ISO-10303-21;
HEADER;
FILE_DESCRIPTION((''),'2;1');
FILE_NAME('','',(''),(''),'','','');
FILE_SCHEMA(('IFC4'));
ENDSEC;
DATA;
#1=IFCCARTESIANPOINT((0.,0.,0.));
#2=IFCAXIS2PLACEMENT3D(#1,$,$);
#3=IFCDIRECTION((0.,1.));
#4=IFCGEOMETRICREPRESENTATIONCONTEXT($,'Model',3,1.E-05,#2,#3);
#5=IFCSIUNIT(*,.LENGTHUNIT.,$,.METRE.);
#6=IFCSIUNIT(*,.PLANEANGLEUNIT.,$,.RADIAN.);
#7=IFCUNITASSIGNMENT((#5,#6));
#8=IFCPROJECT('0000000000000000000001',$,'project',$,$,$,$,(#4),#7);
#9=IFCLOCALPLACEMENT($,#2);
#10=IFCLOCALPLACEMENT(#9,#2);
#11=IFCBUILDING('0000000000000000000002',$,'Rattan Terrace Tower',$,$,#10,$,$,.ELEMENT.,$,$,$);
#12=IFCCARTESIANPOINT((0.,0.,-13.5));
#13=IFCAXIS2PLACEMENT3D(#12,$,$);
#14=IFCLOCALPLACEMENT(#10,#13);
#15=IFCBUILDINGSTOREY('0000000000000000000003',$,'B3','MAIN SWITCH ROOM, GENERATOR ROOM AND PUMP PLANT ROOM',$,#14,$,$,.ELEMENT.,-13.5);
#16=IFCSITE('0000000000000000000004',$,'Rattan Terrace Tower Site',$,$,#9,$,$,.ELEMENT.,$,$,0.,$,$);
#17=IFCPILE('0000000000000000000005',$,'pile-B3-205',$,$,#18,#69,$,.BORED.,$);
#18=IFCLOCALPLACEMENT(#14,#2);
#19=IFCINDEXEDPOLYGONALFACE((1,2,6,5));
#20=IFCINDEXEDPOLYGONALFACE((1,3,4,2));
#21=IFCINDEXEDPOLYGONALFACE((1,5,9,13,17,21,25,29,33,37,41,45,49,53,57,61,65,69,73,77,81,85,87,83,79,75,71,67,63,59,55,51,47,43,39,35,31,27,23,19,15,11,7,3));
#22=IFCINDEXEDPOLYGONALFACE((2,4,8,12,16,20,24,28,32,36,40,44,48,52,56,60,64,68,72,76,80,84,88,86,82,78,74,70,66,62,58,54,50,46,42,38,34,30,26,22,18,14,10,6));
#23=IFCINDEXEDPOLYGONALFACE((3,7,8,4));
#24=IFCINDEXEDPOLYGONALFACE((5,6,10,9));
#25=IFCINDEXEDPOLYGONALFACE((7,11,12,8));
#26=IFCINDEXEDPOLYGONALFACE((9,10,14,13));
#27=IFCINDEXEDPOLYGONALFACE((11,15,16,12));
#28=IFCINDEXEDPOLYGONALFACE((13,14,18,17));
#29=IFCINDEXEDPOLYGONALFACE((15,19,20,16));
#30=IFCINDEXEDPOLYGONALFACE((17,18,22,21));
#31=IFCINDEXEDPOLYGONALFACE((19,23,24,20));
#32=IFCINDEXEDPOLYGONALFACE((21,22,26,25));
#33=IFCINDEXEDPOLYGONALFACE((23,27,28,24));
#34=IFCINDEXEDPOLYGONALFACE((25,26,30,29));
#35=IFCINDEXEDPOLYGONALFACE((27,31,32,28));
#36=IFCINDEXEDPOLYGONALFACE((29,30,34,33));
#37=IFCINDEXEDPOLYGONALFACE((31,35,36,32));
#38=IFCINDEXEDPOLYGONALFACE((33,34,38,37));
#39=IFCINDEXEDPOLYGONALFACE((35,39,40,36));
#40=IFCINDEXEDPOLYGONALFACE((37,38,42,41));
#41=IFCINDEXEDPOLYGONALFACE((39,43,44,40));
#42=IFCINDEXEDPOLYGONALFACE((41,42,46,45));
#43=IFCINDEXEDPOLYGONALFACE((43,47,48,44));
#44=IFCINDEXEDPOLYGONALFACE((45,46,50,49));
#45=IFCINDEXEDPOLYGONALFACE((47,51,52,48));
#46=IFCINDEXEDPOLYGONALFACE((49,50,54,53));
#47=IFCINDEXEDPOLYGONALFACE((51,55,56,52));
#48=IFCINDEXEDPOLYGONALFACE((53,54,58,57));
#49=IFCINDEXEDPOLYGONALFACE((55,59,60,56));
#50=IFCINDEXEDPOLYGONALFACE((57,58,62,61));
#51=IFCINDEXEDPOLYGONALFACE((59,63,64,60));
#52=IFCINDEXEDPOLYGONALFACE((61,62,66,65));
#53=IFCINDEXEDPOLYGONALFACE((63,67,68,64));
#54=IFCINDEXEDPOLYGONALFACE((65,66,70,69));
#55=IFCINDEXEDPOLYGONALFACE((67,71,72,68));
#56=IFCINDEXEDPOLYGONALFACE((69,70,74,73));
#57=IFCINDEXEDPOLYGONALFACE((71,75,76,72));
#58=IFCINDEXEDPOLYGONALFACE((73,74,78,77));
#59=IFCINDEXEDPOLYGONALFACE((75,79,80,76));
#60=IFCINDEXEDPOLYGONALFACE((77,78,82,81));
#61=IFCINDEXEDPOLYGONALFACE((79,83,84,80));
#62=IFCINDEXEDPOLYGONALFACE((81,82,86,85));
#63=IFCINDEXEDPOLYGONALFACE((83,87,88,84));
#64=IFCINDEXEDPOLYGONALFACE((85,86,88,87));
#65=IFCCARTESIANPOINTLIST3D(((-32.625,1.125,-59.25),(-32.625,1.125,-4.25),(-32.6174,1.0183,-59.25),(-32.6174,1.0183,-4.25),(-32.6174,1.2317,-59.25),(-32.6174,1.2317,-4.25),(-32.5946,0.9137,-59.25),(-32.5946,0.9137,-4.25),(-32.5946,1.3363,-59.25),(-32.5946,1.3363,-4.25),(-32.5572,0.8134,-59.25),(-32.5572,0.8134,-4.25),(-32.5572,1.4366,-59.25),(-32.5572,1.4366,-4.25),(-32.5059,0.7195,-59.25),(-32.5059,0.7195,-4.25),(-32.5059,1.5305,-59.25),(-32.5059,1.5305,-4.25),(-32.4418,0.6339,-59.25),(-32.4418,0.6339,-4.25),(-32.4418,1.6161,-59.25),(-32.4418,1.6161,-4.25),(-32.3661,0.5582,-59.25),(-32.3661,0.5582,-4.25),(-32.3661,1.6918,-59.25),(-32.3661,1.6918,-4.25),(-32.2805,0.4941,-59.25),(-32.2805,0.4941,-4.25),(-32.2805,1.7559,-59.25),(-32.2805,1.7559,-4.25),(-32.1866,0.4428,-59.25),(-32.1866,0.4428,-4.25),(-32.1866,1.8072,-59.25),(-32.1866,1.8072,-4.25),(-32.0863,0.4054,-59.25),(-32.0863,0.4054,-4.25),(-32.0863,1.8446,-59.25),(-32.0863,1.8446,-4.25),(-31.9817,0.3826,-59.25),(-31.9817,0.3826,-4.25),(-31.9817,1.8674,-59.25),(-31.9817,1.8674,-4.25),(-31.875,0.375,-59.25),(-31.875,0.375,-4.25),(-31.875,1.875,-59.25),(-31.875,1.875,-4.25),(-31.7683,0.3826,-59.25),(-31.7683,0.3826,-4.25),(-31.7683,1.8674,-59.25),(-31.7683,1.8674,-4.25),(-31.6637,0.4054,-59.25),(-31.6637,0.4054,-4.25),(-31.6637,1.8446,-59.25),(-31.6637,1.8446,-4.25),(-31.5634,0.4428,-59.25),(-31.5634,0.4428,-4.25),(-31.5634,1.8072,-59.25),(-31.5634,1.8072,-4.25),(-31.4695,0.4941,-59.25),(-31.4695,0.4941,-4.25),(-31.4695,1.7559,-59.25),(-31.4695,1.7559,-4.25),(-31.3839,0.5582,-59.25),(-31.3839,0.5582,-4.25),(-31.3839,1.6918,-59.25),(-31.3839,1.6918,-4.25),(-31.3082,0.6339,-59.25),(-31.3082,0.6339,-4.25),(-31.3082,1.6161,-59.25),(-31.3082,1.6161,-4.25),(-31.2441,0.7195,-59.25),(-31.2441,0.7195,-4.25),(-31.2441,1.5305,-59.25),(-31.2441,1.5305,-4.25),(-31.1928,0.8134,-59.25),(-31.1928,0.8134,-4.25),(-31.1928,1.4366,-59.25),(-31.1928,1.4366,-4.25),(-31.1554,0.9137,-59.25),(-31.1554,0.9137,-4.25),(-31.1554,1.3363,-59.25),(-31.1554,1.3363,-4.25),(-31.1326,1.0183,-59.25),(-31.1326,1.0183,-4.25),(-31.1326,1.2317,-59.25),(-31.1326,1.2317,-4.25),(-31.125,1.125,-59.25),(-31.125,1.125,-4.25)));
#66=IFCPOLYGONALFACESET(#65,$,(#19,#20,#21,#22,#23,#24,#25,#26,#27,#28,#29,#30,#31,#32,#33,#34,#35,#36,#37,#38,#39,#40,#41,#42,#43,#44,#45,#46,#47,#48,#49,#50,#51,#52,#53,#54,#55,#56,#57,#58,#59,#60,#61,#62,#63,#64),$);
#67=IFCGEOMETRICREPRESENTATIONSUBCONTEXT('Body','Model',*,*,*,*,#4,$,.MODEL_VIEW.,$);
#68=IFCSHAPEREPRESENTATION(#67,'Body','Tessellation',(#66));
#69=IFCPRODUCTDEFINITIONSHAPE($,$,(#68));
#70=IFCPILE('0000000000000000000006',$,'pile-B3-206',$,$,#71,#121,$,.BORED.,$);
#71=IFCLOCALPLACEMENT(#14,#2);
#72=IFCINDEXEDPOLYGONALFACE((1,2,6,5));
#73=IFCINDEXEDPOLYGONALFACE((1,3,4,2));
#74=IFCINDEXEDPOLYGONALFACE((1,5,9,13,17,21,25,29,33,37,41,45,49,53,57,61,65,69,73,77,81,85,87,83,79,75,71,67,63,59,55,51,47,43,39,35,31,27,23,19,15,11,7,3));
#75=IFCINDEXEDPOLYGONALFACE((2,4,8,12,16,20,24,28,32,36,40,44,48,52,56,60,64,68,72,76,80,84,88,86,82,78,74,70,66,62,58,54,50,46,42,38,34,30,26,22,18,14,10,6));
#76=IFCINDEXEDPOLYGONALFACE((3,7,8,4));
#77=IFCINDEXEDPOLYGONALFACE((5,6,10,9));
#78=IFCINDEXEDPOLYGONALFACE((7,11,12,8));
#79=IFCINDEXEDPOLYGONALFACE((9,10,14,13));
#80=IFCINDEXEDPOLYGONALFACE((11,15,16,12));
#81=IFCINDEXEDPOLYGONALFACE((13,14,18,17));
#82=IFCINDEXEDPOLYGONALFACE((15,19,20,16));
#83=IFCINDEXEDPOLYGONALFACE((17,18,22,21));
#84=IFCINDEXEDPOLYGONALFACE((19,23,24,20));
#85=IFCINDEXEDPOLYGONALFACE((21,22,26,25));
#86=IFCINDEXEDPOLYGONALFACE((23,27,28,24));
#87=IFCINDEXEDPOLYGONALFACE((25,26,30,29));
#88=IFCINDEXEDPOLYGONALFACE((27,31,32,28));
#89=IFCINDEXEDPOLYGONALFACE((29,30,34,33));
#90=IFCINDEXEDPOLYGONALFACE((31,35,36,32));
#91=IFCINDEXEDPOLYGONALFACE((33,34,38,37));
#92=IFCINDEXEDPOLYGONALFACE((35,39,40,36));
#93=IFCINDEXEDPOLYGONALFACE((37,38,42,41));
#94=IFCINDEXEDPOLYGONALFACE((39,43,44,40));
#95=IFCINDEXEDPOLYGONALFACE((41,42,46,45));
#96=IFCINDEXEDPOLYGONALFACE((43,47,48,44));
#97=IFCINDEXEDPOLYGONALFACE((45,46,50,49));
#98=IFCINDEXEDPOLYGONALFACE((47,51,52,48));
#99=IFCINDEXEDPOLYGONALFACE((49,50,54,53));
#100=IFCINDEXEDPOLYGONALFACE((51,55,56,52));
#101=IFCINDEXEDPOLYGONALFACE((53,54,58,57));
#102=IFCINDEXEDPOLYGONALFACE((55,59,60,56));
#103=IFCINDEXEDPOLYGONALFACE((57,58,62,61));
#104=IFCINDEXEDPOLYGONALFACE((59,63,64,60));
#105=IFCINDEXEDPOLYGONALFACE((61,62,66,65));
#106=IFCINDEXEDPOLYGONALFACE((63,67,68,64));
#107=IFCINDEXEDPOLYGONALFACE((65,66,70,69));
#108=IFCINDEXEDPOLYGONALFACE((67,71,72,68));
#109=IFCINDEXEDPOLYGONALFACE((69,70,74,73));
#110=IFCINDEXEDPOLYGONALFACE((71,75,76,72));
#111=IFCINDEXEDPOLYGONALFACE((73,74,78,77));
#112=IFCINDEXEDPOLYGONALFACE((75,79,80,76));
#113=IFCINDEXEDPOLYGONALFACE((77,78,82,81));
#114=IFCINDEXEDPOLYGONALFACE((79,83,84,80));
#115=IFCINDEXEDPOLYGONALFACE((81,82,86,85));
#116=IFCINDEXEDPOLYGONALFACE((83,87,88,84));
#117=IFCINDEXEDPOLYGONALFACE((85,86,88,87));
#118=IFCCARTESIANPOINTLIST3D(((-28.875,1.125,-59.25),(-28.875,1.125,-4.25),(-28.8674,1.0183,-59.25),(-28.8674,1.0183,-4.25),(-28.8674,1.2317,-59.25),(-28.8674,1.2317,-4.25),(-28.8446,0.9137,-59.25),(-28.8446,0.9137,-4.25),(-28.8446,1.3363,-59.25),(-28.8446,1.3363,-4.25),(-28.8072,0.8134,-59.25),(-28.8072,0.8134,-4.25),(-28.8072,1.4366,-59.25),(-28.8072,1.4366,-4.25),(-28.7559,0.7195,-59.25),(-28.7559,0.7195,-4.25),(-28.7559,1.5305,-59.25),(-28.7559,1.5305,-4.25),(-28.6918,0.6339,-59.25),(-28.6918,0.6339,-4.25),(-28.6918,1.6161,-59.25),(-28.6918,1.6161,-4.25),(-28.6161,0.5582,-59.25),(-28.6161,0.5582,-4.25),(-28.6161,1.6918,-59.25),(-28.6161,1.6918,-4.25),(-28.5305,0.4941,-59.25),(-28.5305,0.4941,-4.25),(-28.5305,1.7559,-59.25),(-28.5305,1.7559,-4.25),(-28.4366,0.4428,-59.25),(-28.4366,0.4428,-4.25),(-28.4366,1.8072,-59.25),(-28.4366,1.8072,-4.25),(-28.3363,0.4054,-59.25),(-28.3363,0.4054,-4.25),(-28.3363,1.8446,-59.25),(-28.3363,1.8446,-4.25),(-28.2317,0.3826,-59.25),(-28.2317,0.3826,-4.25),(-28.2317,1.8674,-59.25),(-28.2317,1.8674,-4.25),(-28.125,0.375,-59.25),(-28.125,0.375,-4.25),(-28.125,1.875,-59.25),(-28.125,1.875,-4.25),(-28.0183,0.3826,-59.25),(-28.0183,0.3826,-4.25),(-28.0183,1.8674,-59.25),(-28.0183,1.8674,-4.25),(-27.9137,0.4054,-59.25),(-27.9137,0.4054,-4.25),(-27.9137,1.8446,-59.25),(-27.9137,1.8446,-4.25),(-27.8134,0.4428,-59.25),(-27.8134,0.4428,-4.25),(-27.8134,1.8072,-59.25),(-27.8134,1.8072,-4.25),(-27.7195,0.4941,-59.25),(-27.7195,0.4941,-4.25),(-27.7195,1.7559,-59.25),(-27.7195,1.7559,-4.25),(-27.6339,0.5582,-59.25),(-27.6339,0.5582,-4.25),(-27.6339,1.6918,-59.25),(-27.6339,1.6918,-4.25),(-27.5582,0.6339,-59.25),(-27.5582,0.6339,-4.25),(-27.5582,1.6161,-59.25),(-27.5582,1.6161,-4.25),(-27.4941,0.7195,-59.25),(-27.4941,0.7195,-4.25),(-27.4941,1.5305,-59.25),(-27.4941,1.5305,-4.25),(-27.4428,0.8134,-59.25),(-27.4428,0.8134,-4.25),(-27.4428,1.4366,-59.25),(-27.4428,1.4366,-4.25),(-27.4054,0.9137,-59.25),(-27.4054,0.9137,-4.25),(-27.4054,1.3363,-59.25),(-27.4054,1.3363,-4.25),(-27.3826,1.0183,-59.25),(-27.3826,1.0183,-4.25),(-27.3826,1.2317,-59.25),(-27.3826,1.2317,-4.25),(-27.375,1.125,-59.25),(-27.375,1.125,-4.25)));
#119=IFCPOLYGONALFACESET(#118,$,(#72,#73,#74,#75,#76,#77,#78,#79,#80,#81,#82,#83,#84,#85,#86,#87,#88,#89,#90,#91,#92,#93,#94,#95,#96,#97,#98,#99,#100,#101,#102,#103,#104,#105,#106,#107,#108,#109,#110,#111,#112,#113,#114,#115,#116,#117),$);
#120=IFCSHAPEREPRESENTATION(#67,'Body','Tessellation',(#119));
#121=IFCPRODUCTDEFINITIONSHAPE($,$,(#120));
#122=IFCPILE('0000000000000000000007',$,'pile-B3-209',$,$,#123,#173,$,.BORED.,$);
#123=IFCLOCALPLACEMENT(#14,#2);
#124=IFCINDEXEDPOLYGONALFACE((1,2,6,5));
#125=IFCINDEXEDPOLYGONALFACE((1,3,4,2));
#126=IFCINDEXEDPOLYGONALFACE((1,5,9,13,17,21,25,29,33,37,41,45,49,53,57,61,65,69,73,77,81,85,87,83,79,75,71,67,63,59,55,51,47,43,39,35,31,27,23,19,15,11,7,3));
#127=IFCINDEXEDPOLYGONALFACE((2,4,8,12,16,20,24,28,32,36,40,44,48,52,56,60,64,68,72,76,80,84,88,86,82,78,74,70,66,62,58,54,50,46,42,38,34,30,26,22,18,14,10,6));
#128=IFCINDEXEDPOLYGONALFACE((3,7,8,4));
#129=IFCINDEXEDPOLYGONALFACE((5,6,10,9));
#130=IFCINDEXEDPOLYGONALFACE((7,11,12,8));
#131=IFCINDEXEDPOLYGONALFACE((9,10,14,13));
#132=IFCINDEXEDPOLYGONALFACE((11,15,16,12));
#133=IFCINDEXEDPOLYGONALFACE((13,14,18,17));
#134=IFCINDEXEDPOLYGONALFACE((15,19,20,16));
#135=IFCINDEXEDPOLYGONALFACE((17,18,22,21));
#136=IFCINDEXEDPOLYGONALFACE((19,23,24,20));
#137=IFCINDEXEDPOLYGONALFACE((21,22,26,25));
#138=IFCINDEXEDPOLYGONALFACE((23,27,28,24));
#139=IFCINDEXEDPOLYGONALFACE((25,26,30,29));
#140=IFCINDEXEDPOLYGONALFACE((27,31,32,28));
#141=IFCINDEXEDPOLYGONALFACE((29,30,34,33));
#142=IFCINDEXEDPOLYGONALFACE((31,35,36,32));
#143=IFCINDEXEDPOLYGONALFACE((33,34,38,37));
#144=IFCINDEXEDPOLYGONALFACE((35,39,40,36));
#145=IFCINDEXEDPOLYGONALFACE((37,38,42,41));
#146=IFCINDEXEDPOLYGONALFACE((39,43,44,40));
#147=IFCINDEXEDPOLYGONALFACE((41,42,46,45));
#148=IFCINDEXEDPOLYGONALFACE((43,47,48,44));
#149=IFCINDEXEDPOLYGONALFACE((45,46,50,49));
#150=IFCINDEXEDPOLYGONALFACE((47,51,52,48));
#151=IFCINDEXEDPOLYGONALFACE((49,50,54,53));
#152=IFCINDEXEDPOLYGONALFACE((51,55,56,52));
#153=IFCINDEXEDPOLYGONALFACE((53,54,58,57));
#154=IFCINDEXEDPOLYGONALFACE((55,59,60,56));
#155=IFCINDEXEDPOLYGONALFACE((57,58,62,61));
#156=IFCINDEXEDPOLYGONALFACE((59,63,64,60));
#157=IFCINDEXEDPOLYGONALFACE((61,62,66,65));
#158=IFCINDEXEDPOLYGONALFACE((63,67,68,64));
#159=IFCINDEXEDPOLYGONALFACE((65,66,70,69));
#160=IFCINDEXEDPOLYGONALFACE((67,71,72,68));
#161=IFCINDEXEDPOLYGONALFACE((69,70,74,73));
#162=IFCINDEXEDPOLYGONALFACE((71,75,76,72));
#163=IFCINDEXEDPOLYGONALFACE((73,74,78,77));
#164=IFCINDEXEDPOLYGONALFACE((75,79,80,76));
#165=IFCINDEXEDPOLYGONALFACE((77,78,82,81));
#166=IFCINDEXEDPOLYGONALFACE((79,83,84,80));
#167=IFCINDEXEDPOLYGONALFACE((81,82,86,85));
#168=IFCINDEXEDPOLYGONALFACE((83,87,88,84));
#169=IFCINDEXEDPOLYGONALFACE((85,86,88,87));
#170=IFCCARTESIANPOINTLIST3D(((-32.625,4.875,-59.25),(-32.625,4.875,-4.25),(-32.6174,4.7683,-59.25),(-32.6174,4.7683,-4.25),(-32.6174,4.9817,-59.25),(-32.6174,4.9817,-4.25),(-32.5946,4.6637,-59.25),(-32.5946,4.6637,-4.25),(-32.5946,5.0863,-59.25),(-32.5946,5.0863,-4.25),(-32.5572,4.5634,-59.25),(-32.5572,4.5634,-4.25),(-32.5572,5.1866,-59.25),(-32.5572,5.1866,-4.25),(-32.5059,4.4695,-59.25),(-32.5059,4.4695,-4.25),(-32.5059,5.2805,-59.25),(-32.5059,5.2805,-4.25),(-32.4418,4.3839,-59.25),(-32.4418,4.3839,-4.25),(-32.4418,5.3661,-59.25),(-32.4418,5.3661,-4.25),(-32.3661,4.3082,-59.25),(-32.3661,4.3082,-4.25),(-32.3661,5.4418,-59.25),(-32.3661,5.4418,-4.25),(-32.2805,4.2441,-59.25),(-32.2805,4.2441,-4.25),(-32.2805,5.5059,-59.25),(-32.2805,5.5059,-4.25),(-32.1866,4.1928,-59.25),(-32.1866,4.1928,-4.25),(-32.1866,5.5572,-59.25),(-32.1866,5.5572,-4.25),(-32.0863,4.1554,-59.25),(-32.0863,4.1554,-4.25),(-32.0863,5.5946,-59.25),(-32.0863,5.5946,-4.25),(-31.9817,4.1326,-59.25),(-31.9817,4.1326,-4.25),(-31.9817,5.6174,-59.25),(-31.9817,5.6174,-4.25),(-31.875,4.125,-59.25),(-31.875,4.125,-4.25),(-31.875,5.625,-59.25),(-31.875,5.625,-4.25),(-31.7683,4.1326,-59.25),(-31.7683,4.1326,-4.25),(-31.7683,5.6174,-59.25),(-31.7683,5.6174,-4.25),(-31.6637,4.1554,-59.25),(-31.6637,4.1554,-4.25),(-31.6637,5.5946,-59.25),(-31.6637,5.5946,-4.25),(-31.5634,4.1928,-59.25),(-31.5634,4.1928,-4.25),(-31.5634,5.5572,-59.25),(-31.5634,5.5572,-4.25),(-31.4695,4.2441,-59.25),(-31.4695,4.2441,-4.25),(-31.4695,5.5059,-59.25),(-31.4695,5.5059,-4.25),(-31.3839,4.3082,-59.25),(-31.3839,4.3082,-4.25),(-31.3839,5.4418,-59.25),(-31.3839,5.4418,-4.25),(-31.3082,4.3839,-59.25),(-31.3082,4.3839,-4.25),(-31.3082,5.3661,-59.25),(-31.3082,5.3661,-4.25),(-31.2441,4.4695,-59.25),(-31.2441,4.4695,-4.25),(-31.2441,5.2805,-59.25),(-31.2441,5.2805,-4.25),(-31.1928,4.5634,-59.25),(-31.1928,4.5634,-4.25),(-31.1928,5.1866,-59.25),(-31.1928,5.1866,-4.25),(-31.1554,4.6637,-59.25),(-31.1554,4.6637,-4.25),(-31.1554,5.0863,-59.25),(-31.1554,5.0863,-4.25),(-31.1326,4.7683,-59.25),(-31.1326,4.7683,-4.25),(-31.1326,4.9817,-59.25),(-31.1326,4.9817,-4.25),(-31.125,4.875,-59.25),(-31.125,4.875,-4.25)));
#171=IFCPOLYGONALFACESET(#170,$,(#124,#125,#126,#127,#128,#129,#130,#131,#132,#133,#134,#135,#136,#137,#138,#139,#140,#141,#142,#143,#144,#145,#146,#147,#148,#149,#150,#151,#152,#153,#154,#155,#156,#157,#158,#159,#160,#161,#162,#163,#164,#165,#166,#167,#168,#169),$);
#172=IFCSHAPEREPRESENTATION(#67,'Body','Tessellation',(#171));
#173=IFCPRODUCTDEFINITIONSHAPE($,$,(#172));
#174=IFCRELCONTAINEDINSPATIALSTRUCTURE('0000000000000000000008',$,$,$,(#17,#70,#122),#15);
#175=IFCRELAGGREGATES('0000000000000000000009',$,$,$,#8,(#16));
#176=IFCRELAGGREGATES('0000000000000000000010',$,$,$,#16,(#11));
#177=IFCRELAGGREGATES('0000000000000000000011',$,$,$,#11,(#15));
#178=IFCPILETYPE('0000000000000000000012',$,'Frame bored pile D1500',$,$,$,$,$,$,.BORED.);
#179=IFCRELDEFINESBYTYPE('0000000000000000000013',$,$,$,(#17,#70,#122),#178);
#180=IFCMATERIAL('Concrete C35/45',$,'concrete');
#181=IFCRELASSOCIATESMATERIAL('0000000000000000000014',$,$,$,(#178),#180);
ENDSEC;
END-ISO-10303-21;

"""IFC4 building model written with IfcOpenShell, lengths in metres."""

from ifc_helpers import new_model, si_unit, direction, frame, origin, origin_2d, place, context, subcontext, project, spatial, circle, extrude, material, material_profile, profile_set, type_object, element, save


model = new_model("IFC4")

# Units and contexts
model_context = context("Model", 3, precision=1e-05, world=origin(), true_north=direction((0.0, 1.0)))
body_context = subcontext(model_context, "Body", "Model", "MODEL_VIEW")
ifc_project = project(units=[si_unit("LENGTHUNIT", "METRE"), si_unit("PLANEANGLEUNIT", "RADIAN")], contexts=[model_context])

# Site, building, storey
site_placement = place(None, origin())
site = spatial("IfcSite", under=ifc_project, at=site_placement, Name="Rattan Terrace Tower Site", CompositionType="ELEMENT", RefElevation=0.0)
building_placement = place(site_placement, origin())
building = spatial("IfcBuilding", under=site, at=building_placement, Name="Rattan Terrace Tower", CompositionType="ELEMENT")
storey_placement = place(building_placement, frame((0.0, 0.0, -13.5)))
storey = spatial("IfcBuildingStorey", under=building, at=storey_placement, Name="B3", Description="MAIN SWITCH ROOM, GENERATOR ROOM AND PUMP PLANT ROOM", CompositionType="ELEMENT", Elevation=-13.5)

# Piles
ifc_material_1 = material(Name="Concrete C35/45", Category="concrete")
ifc_material_profile_1 = material_profile(ifc_material_1, circle(Radius=0.75, at=origin_2d()), Name="PILE D1500")
ifc_profile_set_1 = profile_set([ifc_material_profile_1], Name="Concrete C35/45")
pile_type = type_object("IfcPileType", Name="Frame bored pile D1500", PredefinedType="BORED", material=ifc_profile_set_1)
for number, where, z_axis, x_axis, name in (
    (1, (-31.875, 1.125, -4.25), (0.0, 0.0, -1.0), (1.0, 0.0, 0.0), "pile-B3-205"),
    (2, (-28.125, 1.125, -4.25), (0.0, 0.0, -1.0), (1.0, 0.0, 0.0), "pile-B3-206"),
    (3, (-31.875, 4.875, -4.25), (0.0, 0.0, -1.0), (1.0, 0.0, 0.0), "pile-B3-209"),
):
    element("IfcPile", number, at=place(storey_placement, frame(where, z_axis=z_axis, x_axis=x_axis)), inside=storey, type_object=pile_type, Name=name, PredefinedType="BORED", context=body_context, shape_type="SweptSolid", body=[
        extrude(circle(Radius=0.75, at=origin_2d()), origin(), (0.0, 0.0, 1.0), 55.0),
    ])

save(model, "model.ifc")
